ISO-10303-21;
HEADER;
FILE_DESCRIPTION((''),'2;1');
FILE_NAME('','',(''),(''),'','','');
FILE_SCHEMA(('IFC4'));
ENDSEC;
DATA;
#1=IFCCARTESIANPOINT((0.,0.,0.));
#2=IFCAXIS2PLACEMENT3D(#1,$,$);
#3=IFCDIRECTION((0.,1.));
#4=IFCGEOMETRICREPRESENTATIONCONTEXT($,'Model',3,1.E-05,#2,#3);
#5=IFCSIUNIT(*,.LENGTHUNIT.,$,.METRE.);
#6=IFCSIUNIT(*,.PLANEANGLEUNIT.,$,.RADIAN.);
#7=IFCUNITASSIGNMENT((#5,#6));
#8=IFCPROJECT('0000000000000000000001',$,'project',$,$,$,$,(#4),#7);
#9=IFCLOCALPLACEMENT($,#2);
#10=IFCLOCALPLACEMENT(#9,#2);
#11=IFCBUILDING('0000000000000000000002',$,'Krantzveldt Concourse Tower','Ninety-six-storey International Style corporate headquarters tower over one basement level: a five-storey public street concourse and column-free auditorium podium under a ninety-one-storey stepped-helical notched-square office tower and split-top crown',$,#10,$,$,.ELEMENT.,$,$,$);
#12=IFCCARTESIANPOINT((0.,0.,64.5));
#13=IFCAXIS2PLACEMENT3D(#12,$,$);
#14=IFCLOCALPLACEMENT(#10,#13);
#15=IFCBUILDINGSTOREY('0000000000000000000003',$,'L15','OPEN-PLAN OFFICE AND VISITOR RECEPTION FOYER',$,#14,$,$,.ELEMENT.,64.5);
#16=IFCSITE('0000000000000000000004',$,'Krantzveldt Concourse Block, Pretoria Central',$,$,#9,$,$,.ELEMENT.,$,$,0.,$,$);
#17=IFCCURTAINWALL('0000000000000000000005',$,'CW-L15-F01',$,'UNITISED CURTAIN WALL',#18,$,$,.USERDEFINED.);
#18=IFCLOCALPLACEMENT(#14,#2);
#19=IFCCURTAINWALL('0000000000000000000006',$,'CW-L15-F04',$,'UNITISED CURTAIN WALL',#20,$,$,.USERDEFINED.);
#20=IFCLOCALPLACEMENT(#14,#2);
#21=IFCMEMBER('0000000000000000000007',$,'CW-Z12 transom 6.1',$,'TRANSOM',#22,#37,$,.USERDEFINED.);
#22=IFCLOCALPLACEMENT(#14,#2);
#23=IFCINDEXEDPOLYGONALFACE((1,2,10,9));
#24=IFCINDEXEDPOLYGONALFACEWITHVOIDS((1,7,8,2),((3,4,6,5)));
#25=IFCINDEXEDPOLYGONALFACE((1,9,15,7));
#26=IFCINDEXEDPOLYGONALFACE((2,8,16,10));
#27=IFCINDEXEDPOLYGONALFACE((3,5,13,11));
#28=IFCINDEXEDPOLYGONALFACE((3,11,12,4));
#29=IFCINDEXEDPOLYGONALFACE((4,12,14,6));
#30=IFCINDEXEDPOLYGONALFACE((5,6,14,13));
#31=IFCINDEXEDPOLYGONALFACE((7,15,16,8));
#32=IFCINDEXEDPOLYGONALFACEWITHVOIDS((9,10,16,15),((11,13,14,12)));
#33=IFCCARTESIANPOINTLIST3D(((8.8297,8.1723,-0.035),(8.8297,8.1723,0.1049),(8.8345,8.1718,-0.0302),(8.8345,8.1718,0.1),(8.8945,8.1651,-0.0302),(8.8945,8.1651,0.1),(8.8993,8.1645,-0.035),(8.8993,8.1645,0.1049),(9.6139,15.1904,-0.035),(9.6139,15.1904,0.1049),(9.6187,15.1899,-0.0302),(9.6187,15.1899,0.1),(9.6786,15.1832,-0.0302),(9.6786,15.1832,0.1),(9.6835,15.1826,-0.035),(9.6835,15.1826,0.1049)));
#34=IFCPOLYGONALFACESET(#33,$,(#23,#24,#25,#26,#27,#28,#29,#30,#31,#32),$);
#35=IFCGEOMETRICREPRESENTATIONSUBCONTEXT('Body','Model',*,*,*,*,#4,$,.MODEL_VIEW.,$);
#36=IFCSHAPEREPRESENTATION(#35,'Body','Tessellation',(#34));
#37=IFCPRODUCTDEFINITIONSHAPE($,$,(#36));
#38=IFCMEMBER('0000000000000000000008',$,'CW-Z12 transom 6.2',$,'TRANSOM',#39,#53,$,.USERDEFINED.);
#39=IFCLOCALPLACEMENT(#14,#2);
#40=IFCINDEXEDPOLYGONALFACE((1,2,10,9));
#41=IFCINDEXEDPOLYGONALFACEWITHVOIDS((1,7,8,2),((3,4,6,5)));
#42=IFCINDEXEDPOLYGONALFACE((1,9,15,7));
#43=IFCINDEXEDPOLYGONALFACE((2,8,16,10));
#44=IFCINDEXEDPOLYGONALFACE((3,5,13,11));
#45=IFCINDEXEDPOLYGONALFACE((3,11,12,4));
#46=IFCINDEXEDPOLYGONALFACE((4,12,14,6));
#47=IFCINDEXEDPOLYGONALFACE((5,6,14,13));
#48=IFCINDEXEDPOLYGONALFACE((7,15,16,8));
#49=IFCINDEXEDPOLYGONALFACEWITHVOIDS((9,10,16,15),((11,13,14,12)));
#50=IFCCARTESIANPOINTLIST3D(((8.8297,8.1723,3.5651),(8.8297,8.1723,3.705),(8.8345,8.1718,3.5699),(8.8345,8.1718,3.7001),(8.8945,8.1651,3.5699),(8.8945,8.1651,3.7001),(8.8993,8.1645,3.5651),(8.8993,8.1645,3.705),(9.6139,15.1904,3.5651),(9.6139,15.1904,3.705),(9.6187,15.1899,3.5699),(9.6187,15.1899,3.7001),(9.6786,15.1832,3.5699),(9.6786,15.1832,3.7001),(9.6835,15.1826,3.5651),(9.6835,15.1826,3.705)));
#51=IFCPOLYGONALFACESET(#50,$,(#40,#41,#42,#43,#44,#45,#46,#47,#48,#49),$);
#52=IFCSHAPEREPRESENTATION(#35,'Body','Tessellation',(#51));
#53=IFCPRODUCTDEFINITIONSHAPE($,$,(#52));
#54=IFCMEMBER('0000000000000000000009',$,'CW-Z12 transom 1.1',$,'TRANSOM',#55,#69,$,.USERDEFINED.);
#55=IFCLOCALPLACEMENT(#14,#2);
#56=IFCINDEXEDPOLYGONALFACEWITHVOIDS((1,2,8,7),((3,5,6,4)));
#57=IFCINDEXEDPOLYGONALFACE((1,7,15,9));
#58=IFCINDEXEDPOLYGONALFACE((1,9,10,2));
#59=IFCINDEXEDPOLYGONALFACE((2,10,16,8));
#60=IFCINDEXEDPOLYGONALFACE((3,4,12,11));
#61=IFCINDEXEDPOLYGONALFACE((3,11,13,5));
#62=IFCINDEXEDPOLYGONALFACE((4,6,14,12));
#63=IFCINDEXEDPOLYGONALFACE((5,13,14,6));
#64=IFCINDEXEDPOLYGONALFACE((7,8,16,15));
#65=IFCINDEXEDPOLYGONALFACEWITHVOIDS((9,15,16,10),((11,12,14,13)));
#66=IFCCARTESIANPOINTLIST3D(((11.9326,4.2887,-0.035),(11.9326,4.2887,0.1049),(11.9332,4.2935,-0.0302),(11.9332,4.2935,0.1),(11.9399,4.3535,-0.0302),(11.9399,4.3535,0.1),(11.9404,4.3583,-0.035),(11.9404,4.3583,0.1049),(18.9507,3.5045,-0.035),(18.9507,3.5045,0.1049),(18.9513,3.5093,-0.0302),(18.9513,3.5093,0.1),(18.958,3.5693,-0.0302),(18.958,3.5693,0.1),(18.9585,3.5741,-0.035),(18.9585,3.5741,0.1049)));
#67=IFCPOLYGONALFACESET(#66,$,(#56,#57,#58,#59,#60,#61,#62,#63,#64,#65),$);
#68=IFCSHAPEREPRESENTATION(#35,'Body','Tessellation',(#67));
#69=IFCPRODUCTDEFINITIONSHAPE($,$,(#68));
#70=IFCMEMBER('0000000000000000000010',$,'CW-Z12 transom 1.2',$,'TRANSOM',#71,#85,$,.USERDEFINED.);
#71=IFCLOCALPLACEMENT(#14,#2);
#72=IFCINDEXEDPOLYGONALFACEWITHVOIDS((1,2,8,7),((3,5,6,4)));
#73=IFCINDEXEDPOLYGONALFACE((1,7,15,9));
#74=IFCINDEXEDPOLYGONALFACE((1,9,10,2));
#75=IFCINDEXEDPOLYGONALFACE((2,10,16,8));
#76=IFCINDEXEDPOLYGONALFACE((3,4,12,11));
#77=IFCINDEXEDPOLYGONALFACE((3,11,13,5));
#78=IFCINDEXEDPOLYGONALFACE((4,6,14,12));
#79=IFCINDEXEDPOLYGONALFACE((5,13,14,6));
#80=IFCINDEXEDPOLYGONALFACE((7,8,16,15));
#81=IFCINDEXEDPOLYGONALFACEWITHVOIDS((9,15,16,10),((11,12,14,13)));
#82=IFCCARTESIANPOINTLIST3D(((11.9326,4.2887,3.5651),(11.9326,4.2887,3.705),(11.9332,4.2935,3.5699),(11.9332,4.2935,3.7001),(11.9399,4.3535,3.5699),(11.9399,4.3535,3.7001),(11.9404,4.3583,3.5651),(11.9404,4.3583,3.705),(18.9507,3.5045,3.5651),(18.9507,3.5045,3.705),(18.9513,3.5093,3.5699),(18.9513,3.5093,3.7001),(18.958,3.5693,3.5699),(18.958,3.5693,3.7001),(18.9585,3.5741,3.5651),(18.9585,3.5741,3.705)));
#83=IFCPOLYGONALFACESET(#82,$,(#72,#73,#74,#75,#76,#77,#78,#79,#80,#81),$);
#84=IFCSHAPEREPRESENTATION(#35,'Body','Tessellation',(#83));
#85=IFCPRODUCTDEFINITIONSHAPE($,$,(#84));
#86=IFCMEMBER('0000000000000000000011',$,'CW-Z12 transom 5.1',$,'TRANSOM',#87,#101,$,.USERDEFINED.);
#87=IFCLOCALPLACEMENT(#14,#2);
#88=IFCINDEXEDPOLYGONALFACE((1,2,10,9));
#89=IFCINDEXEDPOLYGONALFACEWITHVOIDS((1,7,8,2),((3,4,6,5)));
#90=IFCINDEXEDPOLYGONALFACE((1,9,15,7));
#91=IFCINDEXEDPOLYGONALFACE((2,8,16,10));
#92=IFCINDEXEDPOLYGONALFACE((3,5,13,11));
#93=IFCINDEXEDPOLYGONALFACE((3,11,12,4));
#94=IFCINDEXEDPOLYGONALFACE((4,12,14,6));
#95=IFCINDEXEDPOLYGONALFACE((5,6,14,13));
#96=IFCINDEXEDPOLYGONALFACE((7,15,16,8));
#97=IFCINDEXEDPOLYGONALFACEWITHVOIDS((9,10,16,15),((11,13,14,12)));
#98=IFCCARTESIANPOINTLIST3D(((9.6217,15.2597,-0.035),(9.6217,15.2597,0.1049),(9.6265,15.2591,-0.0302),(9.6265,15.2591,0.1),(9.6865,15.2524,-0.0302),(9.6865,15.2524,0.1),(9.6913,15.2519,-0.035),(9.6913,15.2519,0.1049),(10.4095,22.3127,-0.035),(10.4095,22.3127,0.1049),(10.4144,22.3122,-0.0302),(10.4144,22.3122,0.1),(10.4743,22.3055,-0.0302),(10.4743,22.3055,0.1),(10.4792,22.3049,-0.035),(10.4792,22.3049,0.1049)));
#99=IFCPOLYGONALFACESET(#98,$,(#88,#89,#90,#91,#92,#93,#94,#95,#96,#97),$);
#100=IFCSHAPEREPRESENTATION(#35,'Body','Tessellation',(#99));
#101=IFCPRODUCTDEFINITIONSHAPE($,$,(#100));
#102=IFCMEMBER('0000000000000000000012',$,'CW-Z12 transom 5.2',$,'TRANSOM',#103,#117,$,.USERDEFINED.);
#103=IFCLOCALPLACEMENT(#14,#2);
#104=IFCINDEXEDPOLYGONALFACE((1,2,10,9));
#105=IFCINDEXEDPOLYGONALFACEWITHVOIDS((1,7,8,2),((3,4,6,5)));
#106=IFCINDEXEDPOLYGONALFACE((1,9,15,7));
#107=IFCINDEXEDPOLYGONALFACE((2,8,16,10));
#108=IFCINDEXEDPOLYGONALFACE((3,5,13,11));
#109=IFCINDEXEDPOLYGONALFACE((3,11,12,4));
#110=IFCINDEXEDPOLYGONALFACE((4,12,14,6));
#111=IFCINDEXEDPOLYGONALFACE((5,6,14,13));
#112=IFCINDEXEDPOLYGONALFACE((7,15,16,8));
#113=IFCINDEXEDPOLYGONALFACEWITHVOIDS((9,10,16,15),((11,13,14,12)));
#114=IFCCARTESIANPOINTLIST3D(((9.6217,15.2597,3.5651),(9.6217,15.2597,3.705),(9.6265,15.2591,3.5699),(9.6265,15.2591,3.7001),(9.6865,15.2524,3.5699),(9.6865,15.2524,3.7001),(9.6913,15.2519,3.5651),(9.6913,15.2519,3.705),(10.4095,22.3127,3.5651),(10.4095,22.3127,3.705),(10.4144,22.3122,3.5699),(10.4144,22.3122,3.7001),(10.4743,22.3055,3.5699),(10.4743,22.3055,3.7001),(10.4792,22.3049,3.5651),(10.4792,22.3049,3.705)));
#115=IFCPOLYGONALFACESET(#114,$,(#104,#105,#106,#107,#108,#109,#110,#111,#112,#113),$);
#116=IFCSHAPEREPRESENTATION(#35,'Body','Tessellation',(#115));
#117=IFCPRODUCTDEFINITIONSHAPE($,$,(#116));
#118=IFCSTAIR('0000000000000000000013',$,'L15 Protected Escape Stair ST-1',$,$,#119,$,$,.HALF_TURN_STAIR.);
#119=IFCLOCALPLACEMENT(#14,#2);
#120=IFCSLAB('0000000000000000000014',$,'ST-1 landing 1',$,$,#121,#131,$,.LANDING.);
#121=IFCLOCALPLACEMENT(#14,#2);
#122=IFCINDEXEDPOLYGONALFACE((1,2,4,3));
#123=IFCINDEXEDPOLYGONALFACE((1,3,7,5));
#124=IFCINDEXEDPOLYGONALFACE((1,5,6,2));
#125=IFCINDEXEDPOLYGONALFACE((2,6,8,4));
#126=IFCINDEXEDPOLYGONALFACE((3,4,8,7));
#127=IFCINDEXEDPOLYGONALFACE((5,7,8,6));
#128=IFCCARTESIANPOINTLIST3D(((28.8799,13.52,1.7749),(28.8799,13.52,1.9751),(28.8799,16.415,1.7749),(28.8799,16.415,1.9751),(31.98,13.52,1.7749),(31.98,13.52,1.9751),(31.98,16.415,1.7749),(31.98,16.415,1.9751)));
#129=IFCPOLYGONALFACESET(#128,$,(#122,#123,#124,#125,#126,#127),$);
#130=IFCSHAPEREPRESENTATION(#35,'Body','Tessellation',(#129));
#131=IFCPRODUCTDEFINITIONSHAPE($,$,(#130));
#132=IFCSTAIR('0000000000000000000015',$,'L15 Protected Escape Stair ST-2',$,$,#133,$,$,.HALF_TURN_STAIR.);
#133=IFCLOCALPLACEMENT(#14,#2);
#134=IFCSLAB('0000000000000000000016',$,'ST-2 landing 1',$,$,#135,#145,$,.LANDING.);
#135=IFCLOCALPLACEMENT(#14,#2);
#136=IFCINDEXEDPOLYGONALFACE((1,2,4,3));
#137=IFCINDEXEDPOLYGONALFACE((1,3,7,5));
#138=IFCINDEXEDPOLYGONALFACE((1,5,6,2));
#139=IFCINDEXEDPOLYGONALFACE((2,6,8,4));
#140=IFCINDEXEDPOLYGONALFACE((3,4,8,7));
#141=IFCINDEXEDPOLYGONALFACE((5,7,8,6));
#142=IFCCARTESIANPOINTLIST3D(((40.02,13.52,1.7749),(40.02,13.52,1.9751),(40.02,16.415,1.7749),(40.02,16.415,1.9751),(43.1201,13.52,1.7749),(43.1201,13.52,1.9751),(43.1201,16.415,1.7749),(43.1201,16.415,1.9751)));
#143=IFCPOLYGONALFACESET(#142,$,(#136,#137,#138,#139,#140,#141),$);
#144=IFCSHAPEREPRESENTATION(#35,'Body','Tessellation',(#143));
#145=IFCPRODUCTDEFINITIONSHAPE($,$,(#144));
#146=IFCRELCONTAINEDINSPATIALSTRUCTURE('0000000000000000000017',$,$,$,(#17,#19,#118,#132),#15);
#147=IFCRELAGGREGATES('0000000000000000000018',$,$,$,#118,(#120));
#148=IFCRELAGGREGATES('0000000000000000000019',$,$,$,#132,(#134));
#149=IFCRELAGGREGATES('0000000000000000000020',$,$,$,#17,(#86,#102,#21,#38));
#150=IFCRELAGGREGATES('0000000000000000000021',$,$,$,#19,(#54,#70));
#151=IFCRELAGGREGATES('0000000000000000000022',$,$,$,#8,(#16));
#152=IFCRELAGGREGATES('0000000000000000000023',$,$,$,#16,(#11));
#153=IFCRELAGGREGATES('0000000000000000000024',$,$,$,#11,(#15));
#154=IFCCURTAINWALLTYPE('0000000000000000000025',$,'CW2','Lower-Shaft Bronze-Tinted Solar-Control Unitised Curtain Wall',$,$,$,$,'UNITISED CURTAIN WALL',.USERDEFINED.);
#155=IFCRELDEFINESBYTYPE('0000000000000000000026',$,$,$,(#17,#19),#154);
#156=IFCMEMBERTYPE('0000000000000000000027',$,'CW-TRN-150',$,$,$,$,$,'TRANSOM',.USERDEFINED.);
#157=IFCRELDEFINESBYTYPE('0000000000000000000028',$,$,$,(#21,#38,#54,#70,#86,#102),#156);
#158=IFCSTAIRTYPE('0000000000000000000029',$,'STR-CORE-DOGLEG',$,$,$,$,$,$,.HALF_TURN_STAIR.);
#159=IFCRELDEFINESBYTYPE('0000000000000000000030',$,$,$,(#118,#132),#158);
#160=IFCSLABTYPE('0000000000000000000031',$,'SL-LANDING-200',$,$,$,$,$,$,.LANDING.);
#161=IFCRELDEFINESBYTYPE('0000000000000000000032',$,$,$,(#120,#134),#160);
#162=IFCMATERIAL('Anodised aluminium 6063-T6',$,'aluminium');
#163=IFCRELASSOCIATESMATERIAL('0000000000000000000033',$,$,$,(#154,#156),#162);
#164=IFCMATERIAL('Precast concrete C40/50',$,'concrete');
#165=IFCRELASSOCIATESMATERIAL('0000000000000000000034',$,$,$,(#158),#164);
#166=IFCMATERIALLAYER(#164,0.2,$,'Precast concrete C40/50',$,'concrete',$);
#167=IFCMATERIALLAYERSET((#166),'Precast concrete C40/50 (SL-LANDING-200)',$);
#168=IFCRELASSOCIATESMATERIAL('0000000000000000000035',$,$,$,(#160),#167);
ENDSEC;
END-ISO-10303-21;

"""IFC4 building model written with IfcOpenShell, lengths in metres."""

from ifc_helpers import new_model, si_unit, direction, frame, origin, origin_2d, place, context, subcontext, project, spatial, polyline, hollow_rectangle, outline, extrude, source, transform, mapped, material, layer, layer_set, material_profile, profile_set, type_object, element, aggregate, save


model = new_model("IFC4")

# Units and contexts
model_context = context("Model", 3, precision=1e-05, world=origin(), true_north=direction((0.0, 1.0)))
body_context = subcontext(model_context, "Body", "Model", "MODEL_VIEW")
ifc_project = project(units=[si_unit("LENGTHUNIT", "METRE"), si_unit("PLANEANGLEUNIT", "RADIAN")], contexts=[model_context])

# Site, building, storey
site_placement = place(None, origin())
site = spatial("IfcSite", under=ifc_project, at=site_placement, Name="Krantzveldt Concourse Block, Pretoria Central", CompositionType="ELEMENT", RefElevation=0.0)
building_placement = place(site_placement, origin())
building = spatial("IfcBuilding", under=site, at=building_placement, Name="Krantzveldt Concourse Tower", Description="Ninety-six-storey International Style corporate headquarters tower over one basement level: a five-storey public street concourse and column-free auditorium podium under a ninety-one-storey stepped-helical notched-square office tower and split-top crown", CompositionType="ELEMENT")
storey_placement = place(building_placement, frame((0.0, 0.0, 64.5)))
storey = spatial("IfcBuildingStorey", under=building, at=storey_placement, Name="L15", Description="OPEN-PLAN OFFICE AND VISITOR RECEPTION FOYER", CompositionType="ELEMENT", Elevation=64.5)

# Curtain walls
ifc_material_1 = material(Name="Anodised aluminium 6063-T6", Category="aluminium")
curtain_wall_type = type_object("IfcCurtainWallType", Name="CW2", Description="Lower-Shaft Bronze-Tinted Solar-Control Unitised Curtain Wall", ElementType="UNITISED CURTAIN WALL", PredefinedType="USERDEFINED", material=ifc_material_1)
curtain_wall_1_placement = place(storey_placement, origin())
curtain_wall_1 = element("IfcCurtainWall", 1, at=curtain_wall_1_placement, inside=storey, type_object=curtain_wall_type, Name="CW-L15-F01", ObjectType="UNITISED CURTAIN WALL", PredefinedType="USERDEFINED")
curtain_wall_2_placement = place(storey_placement, origin())
curtain_wall_2 = element("IfcCurtainWall", 2, at=curtain_wall_2_placement, inside=storey, type_object=curtain_wall_type, Name="CW-L15-F04", ObjectType="UNITISED CURTAIN WALL", PredefinedType="USERDEFINED")
ifc_material_profile_1 = material_profile(ifc_material_1, hollow_rectangle(XDim=0.0701, YDim=0.1399, WallThickness=0.0049, at=origin_2d()), Name="Anodised aluminium 6063-T6", Category="aluminium")
ifc_profile_set_1 = profile_set([ifc_material_profile_1], Name="Anodised aluminium 6063-T6 - ALU-TRAN 140x70x5")
member_type_1 = type_object("IfcMemberType", Name="CW-TRN-150", ElementType="TRANSOM", PredefinedType="USERDEFINED", material=ifc_profile_set_1)

# Members
shared_shape_1 = source(origin(), body_context, "Body", "SweptSolid", [
    extrude(hollow_rectangle(XDim=0.0701, YDim=0.1399, WallThickness=0.0049, at=origin_2d()), origin(), (0.0, 0.0, 1.0), 7.0618),
])
member_1_placement = place(storey_placement, frame((9.6487, 15.1865, 0.0349), z_axis=(-0.111046, -0.993815, 0.0), x_axis=(0.993815, -0.111046, 0.0)))
member_1 = element("IfcMember", 3, at=member_1_placement, type_object=member_type_1, Name="CW-Z12 transom 6.1", ObjectType="TRANSOM", PredefinedType="USERDEFINED", context=body_context, shape_type="MappedRepresentation", body=[
    mapped(shared_shape_1, transform((0.0, 0.0, 0.0), x_axis=(1.0, 0.0, 0.0), y_axis=(0.0, 1.0, 0.0), z_axis=(0.0, 0.0, 1.0), scale=1.0)),
])
member_2_placement = place(storey_placement, frame((9.6487, 15.1865, 3.635), z_axis=(-0.111046, -0.993815, 0.0), x_axis=(0.993815, -0.111046, 0.0)))
member_2 = element("IfcMember", 4, at=member_2_placement, type_object=member_type_1, Name="CW-Z12 transom 6.2", ObjectType="TRANSOM", PredefinedType="USERDEFINED", context=body_context, shape_type="MappedRepresentation", body=[
    mapped(shared_shape_1, transform((0.0, 0.0, 0.0), x_axis=(1.0, 0.0, 0.0), y_axis=(0.0, 1.0, 0.0), z_axis=(0.0, 0.0, 1.0), scale=1.0)),
])
member_3_placement = place(storey_placement, frame((11.9365, 4.3235, 0.0349), z_axis=(0.993815, -0.111046, 0.0), x_axis=(0.111046, 0.993815, 0.0)))
member_3 = element("IfcMember", 5, at=member_3_placement, type_object=member_type_1, Name="CW-Z12 transom 1.1", ObjectType="TRANSOM", PredefinedType="USERDEFINED", context=body_context, shape_type="MappedRepresentation", body=[
    mapped(shared_shape_1, transform((0.0, 0.0, 0.0), x_axis=(1.0, 0.0, 0.0), y_axis=(0.0, 1.0, 0.0), z_axis=(0.0, 0.0, 1.0), scale=1.0)),
])
member_4_placement = place(storey_placement, frame((11.9365, 4.3235, 3.635), z_axis=(0.993815, -0.111046, 0.0), x_axis=(0.111046, 0.993815, 0.0)))
member_4 = element("IfcMember", 6, at=member_4_placement, type_object=member_type_1, Name="CW-Z12 transom 1.2", ObjectType="TRANSOM", PredefinedType="USERDEFINED", context=body_context, shape_type="MappedRepresentation", body=[
    mapped(shared_shape_1, transform((0.0, 0.0, 0.0), x_axis=(1.0, 0.0, 0.0), y_axis=(0.0, 1.0, 0.0), z_axis=(0.0, 0.0, 1.0), scale=1.0)),
])
shared_shape_2 = source(origin(), body_context, "Body", "SweptSolid", [
    extrude(hollow_rectangle(XDim=0.0701, YDim=0.1399, WallThickness=0.0049, at=origin_2d()), origin(), (0.0, 0.0, 1.0), 7.0969),
])
member_5_placement = place(storey_placement, frame((10.4443, 22.3088, 0.0349), z_axis=(-0.111013, -0.993819, 0.0), x_axis=(0.993819, -0.111013, 0.0)))
member_5 = element("IfcMember", 7, at=member_5_placement, type_object=member_type_1, Name="CW-Z12 transom 5.1", ObjectType="TRANSOM", PredefinedType="USERDEFINED", context=body_context, shape_type="MappedRepresentation", body=[
    mapped(shared_shape_2, transform((0.0, 0.0, 0.0), x_axis=(1.0, 0.0, 0.0), y_axis=(0.0, 1.0, 0.0), z_axis=(0.0, 0.0, 1.0), scale=1.0)),
])
member_6_placement = place(storey_placement, frame((10.4443, 22.3088, 3.635), z_axis=(-0.111013, -0.993819, 0.0), x_axis=(0.993819, -0.111013, 0.0)))
member_6 = element("IfcMember", 8, at=member_6_placement, type_object=member_type_1, Name="CW-Z12 transom 5.2", ObjectType="TRANSOM", PredefinedType="USERDEFINED", context=body_context, shape_type="MappedRepresentation", body=[
    mapped(shared_shape_2, transform((0.0, 0.0, 0.0), x_axis=(1.0, 0.0, 0.0), y_axis=(0.0, 1.0, 0.0), z_axis=(0.0, 0.0, 1.0), scale=1.0)),
])

# Stairs, slabs
ifc_material_2 = material(Name="Precast concrete C40/50", Category="concrete")
stair_type = type_object("IfcStairType", Name="STR-CORE-DOGLEG", PredefinedType="HALF_TURN_STAIR", material=ifc_material_2)
stair_1_placement = place(storey_placement, origin())
stair_1 = element("IfcStair", 9, at=stair_1_placement, inside=storey, type_object=stair_type, Name="L15 Protected Escape Stair ST-1", PredefinedType="HALF_TURN_STAIR")
ifc_layer_1 = layer(ifc_material_2, 0.2, Name="Precast concrete C40/50", Category="concrete")
ifc_layer_set_1 = layer_set([ifc_layer_1], Name="Precast concrete C40/50 (SL-LANDING-200)")
slab_type_1 = type_object("IfcSlabType", Name="SL-LANDING-200", PredefinedType="LANDING", material=ifc_layer_set_1)
slab_1_placement = place(storey_placement, frame((0.0, 0.0, 1.7749)))
slab_1 = element("IfcSlab", 10, at=slab_1_placement, type_object=slab_type_1, Name="ST-1 landing 1", PredefinedType="LANDING", context=body_context, shape_type="SweptSolid", body=[
    extrude(outline(polyline([(28.8799, 16.415), (28.8799, 13.52), (31.98, 13.52), (31.98, 16.415), (28.8799, 16.415)])), origin(), (0.0, 0.0, 1.0), 0.2002),
])
aggregate(stair_1, [slab_1])
stair_2_placement = place(storey_placement, origin())
stair_2 = element("IfcStair", 11, at=stair_2_placement, inside=storey, type_object=stair_type, Name="L15 Protected Escape Stair ST-2", PredefinedType="HALF_TURN_STAIR")
slab_2_placement = place(storey_placement, frame((0.0, 0.0, 1.7749)))
slab_2 = element("IfcSlab", 12, at=slab_2_placement, type_object=slab_type_1, Name="ST-2 landing 1", PredefinedType="LANDING", context=body_context, shape_type="SweptSolid", body=[
    extrude(outline(polyline([(40.02, 16.415), (40.02, 13.52), (43.1201, 13.52), (43.1201, 16.415), (40.02, 16.415)])), origin(), (0.0, 0.0, 1.0), 0.2002),
])
aggregate(stair_2, [slab_2])

aggregate(curtain_wall_1, [member_5, member_6, member_1, member_2])
aggregate(curtain_wall_2, [member_3, member_4])

save(model, "model.ifc")
